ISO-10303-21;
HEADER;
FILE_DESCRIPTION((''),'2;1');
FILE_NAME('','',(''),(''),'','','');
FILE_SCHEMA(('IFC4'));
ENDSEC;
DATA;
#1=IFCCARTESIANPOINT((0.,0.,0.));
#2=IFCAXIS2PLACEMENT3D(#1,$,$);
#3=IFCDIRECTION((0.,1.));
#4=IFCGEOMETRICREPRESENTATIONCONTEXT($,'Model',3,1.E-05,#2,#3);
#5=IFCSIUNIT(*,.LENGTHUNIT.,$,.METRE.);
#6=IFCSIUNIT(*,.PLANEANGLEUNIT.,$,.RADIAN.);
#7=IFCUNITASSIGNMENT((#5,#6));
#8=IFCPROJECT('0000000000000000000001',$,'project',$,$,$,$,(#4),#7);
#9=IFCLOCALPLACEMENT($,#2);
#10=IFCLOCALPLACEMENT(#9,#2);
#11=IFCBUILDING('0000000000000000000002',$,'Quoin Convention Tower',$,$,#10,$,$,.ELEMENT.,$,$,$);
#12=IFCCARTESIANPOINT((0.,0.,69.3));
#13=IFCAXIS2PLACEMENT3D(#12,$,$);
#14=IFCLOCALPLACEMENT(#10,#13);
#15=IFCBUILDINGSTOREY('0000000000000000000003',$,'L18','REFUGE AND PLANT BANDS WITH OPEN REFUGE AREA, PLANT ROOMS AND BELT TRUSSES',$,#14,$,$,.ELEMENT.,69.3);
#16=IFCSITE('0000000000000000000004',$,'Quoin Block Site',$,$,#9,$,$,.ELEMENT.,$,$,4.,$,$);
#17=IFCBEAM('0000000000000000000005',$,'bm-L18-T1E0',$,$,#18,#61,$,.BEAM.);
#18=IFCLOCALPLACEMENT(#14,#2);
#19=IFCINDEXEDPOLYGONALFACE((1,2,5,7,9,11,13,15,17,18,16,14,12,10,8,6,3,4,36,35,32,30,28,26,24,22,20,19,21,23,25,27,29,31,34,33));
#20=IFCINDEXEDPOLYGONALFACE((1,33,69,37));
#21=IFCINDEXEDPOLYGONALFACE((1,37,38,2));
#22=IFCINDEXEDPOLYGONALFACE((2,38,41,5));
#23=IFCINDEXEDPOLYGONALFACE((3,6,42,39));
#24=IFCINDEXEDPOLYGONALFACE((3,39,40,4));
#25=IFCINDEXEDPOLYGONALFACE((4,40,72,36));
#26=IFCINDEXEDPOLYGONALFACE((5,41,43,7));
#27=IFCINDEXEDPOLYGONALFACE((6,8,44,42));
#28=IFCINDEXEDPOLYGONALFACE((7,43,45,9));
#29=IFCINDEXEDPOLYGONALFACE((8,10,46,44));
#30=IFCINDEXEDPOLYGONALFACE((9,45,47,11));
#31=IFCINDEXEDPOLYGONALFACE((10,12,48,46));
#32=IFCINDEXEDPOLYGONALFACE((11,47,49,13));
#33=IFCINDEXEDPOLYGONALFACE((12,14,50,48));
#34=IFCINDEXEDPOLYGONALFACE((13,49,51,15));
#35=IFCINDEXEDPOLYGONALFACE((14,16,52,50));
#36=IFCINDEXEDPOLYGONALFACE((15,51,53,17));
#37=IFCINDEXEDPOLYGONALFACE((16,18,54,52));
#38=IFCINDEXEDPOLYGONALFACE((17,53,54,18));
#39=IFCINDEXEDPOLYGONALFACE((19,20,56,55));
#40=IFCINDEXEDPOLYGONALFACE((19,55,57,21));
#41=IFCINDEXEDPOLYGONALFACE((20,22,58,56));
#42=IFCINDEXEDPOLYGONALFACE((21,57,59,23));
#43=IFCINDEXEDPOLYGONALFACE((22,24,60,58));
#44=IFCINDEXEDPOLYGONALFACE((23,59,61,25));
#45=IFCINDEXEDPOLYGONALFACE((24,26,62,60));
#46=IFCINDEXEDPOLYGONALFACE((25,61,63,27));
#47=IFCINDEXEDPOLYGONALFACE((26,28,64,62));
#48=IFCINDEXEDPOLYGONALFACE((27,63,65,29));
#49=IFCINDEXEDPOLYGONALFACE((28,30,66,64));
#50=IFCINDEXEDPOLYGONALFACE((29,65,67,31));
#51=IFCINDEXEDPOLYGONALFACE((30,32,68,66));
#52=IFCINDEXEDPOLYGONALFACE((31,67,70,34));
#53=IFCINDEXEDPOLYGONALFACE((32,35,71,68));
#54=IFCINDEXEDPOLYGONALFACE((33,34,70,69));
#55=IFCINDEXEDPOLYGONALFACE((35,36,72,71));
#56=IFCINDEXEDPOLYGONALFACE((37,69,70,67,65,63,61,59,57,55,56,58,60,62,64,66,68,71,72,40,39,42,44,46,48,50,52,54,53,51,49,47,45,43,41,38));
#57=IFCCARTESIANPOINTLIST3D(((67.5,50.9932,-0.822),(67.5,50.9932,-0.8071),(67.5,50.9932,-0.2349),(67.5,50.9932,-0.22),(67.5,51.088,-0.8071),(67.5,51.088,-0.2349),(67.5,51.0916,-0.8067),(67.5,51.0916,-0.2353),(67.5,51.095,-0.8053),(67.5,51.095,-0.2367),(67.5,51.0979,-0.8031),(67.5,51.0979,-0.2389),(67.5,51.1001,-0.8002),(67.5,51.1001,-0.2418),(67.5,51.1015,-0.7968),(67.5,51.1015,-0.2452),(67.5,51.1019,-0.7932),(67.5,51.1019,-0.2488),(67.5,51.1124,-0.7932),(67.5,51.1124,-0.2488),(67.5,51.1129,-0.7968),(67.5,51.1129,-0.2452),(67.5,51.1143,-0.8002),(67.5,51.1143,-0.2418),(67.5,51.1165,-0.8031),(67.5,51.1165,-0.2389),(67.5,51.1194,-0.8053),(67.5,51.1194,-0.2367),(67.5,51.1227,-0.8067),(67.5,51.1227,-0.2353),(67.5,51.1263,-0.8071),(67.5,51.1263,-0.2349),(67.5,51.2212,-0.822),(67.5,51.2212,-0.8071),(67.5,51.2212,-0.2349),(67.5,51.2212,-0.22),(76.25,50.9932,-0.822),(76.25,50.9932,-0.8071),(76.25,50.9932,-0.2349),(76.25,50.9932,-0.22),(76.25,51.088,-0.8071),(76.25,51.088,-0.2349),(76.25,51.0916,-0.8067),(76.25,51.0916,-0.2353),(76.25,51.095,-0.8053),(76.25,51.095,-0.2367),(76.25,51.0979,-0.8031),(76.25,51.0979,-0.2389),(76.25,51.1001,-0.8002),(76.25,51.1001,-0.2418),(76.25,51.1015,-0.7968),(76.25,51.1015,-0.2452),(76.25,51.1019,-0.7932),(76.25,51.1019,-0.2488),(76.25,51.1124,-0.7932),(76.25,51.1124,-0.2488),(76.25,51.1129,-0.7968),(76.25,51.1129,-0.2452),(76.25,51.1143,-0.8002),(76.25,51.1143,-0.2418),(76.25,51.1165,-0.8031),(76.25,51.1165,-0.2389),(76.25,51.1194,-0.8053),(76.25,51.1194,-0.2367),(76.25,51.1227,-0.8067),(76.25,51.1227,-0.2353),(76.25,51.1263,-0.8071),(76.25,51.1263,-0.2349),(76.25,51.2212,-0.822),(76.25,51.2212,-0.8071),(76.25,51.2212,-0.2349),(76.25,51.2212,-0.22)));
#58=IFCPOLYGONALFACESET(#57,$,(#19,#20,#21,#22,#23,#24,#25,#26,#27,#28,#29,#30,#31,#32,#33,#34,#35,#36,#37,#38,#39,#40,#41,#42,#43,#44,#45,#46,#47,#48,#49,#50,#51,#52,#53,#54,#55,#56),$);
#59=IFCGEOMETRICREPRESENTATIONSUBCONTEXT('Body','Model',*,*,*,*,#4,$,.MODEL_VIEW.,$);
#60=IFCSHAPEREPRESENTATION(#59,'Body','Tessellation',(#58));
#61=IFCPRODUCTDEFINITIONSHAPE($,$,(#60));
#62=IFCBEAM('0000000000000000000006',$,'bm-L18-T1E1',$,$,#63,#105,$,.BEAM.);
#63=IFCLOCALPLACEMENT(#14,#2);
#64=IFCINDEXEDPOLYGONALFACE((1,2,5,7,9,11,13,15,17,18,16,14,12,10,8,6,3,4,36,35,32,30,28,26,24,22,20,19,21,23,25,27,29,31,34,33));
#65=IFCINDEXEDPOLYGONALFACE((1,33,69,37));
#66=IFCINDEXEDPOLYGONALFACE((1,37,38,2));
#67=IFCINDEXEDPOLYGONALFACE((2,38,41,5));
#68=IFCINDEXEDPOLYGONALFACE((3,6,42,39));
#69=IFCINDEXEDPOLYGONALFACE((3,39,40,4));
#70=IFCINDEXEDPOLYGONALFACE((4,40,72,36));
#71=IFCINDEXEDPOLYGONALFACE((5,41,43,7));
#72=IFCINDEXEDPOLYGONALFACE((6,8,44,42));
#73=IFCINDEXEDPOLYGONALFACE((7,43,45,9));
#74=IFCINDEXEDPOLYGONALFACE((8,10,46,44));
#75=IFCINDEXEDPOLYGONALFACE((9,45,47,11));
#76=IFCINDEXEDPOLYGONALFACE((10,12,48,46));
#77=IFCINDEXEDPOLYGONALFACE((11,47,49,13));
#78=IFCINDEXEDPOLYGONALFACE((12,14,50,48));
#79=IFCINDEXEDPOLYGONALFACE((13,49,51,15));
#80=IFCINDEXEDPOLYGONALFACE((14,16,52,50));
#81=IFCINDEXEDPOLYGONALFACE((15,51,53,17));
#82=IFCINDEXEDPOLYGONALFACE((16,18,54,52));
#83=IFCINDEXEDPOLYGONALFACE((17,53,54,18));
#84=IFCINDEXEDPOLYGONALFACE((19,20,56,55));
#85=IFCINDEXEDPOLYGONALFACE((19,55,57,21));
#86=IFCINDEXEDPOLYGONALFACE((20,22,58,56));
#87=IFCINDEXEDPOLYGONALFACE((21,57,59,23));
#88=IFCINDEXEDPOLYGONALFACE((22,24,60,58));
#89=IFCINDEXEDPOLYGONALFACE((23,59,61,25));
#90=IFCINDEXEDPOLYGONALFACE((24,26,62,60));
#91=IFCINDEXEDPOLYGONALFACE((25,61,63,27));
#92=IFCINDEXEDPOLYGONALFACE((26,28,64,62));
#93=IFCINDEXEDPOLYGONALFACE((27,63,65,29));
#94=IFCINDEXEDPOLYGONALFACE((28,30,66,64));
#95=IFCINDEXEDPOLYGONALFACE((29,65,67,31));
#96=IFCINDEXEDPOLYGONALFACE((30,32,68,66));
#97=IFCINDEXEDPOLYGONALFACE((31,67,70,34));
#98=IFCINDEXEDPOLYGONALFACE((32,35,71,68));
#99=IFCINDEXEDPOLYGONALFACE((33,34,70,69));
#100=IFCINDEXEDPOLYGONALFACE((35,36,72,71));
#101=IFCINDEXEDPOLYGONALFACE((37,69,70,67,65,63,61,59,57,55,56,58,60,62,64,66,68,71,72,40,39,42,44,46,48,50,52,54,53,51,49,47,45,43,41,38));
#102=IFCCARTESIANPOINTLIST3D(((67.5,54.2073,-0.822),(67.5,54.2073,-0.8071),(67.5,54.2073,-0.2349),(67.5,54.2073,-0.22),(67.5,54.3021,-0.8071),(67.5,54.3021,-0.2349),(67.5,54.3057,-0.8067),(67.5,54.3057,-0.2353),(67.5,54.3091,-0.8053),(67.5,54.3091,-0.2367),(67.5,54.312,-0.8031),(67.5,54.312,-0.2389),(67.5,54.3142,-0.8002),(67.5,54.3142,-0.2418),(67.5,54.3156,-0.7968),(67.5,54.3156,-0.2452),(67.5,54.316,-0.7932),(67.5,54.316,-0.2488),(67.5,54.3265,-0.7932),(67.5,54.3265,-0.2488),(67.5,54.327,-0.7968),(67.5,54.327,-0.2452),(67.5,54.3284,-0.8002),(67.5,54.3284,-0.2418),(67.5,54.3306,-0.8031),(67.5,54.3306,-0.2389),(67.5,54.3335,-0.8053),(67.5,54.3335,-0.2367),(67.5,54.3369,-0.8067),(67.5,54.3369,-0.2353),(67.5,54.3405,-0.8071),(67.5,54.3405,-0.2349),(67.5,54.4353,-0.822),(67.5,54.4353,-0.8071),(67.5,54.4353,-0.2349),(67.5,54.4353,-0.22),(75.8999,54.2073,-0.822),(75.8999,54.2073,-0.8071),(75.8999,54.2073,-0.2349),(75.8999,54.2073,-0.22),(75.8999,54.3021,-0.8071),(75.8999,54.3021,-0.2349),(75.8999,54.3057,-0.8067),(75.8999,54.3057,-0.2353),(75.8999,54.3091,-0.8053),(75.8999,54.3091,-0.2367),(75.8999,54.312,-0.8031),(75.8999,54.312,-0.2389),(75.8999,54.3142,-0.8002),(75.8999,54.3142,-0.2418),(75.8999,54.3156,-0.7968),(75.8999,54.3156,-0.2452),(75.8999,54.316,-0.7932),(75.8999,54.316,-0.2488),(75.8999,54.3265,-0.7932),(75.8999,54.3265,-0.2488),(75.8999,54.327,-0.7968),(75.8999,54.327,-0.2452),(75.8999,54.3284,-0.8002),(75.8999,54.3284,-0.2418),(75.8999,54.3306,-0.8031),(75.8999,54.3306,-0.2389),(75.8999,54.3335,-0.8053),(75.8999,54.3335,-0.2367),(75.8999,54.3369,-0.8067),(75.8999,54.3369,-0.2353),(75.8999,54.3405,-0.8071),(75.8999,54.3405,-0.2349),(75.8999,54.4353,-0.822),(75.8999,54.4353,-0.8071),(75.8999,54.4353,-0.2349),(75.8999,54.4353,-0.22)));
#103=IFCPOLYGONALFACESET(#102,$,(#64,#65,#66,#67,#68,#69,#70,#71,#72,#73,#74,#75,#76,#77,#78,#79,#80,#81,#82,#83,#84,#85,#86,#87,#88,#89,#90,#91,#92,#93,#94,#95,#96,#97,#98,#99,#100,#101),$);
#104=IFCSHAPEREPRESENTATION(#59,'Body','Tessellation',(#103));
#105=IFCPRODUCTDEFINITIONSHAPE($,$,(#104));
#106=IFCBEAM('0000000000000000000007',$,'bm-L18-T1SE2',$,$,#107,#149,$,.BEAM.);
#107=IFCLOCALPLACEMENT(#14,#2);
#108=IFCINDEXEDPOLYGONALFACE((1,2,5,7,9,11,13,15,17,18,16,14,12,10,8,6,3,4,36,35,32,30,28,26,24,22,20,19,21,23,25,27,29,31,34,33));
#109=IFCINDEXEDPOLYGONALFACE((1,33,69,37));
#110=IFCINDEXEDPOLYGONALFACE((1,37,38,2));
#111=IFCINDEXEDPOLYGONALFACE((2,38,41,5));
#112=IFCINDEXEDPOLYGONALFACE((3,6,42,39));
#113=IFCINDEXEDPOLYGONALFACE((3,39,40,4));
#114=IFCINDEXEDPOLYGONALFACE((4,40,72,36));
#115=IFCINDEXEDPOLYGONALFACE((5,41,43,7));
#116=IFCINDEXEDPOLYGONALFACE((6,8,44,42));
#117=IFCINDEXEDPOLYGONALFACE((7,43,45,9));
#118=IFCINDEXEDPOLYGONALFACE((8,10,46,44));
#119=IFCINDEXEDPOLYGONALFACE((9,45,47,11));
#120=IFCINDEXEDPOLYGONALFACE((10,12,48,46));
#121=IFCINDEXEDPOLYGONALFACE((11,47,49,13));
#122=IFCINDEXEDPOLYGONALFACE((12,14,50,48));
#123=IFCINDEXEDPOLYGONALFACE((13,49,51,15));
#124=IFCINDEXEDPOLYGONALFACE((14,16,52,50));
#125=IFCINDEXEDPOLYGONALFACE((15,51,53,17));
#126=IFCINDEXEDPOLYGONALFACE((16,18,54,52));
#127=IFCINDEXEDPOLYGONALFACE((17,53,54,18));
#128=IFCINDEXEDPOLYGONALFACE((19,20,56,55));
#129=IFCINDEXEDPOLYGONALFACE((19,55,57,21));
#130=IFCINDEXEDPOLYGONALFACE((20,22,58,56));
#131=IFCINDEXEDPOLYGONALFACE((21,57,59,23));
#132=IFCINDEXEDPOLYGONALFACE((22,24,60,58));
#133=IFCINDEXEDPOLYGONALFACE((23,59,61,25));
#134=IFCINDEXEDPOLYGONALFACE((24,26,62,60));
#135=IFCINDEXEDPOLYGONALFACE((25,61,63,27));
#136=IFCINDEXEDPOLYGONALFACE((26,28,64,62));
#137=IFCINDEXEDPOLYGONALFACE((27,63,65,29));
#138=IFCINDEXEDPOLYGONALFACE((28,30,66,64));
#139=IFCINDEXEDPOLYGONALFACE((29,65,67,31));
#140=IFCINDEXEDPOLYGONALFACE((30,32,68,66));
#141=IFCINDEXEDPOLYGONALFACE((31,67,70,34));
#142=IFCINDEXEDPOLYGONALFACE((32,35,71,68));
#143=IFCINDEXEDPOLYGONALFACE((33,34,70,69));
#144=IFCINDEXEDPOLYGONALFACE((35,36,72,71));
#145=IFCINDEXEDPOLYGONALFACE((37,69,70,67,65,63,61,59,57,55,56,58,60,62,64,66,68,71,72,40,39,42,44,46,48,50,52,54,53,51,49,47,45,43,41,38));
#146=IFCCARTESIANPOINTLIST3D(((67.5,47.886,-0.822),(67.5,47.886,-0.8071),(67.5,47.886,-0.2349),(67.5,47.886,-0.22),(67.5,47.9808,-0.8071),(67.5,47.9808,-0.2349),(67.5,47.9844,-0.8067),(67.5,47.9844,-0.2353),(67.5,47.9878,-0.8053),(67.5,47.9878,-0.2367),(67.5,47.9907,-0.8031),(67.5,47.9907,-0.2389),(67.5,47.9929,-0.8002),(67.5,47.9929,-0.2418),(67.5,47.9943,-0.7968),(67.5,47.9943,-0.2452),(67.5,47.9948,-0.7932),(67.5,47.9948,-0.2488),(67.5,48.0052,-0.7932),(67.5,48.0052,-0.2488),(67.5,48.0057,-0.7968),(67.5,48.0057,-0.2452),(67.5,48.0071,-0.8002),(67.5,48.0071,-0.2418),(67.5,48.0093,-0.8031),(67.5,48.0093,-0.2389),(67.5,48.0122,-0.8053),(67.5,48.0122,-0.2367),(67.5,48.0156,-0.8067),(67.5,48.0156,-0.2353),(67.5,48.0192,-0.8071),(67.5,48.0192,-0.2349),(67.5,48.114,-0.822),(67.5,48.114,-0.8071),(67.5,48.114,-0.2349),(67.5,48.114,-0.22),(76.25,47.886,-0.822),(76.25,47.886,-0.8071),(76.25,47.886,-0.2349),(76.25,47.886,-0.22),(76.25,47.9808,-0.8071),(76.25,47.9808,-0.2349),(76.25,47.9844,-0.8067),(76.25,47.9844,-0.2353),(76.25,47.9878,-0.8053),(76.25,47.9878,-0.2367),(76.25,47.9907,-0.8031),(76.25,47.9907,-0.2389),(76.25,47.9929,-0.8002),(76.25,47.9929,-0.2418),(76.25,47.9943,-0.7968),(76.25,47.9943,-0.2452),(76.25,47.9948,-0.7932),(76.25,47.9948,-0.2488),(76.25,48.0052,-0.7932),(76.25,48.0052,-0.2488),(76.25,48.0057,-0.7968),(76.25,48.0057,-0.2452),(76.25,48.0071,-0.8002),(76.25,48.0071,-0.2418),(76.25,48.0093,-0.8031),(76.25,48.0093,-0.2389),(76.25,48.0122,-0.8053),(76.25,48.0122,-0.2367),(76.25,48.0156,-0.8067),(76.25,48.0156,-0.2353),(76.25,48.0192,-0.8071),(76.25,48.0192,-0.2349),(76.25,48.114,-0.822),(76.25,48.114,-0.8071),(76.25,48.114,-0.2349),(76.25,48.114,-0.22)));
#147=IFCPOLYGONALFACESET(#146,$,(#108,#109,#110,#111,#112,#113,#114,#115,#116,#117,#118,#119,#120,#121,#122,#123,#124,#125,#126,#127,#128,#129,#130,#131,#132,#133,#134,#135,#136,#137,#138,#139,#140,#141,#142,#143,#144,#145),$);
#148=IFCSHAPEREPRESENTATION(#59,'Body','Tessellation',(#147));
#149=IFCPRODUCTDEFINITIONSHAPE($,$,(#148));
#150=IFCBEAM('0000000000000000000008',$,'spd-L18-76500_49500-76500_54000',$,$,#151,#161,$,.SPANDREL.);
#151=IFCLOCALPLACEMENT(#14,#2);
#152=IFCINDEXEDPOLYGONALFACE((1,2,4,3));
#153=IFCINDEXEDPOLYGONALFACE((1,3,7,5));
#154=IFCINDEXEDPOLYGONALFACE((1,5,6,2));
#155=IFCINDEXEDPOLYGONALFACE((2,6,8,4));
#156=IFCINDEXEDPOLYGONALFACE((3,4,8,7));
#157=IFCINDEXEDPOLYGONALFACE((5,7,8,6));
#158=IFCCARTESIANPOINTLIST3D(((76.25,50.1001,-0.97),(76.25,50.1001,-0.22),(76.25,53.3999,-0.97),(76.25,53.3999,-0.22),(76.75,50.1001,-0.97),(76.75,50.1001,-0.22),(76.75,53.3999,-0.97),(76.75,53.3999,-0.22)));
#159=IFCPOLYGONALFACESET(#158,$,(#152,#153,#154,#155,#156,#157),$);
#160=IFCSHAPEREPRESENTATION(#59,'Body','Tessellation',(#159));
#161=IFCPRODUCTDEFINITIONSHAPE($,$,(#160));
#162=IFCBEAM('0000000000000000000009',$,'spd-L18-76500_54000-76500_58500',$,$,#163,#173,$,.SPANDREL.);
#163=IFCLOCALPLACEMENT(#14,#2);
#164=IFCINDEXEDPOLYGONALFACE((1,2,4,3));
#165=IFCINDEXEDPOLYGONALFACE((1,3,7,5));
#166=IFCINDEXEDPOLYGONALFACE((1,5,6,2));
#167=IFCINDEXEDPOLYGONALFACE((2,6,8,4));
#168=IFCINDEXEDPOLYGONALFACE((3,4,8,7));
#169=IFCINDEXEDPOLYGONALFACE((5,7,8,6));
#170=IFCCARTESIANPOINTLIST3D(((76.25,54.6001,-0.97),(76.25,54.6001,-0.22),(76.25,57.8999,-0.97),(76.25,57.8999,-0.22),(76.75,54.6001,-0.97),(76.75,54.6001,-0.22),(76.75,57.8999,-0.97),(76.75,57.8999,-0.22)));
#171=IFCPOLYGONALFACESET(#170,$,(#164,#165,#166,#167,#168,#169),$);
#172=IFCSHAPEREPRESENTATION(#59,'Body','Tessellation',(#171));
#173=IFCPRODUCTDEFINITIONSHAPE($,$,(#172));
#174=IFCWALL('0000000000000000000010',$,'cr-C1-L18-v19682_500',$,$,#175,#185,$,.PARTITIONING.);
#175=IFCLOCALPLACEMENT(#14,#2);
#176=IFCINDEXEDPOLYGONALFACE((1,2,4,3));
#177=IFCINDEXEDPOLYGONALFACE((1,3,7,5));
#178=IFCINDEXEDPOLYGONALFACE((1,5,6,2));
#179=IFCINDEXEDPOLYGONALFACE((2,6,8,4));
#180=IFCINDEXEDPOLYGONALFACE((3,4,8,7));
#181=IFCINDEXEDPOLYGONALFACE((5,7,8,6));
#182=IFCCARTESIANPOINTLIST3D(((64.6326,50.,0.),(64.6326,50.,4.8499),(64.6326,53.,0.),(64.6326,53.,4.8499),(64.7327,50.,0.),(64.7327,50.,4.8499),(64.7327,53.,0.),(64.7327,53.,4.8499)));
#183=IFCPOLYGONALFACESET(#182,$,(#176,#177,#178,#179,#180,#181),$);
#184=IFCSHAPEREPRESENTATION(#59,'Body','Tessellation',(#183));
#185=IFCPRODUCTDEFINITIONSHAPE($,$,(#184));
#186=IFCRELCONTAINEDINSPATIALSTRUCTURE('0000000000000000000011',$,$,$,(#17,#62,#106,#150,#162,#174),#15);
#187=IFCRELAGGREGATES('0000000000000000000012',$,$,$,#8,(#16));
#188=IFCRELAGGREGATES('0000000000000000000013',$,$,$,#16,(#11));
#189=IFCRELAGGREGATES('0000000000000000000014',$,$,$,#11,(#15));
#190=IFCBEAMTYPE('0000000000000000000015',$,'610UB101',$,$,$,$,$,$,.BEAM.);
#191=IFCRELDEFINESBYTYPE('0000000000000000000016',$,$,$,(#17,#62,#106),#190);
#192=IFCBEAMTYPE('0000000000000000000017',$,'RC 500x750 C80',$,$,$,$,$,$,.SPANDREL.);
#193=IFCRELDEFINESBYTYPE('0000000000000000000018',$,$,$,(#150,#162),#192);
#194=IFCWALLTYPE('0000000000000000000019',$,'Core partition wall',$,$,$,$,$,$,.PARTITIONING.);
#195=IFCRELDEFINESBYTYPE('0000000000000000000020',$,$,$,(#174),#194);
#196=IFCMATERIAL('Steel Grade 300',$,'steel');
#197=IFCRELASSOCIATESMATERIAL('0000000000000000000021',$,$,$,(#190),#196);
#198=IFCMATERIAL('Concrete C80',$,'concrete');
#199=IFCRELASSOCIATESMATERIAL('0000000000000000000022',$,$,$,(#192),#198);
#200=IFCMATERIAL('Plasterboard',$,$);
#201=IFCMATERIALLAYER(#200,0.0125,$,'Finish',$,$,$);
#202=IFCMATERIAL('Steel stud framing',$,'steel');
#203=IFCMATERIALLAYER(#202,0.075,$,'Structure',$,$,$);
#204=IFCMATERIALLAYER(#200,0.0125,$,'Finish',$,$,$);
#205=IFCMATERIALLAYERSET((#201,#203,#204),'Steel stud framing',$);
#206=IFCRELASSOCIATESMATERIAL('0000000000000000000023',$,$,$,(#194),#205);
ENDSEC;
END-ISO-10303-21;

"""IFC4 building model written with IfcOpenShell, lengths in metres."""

from ifc_helpers import new_model, si_unit, direction, frame, frame_2d, origin, origin_2d, place, context, subcontext, project, spatial, rectangle, i_section, extrude, material, layer, layer_set, material_profile, profile_set, type_object, element, save


model = new_model("IFC4")

# Units and contexts
model_context = context("Model", 3, precision=1e-05, world=origin(), true_north=direction((0.0, 1.0)))
body_context = subcontext(model_context, "Body", "Model", "MODEL_VIEW")
ifc_project = project(units=[si_unit("LENGTHUNIT", "METRE"), si_unit("PLANEANGLEUNIT", "RADIAN")], contexts=[model_context])

# Site, building, storey
site_placement = place(None, origin())
site = spatial("IfcSite", under=ifc_project, at=site_placement, Name="Quoin Block Site", CompositionType="ELEMENT", RefElevation=4.0)
building_placement = place(site_placement, origin())
building = spatial("IfcBuilding", under=site, at=building_placement, Name="Quoin Convention Tower", CompositionType="ELEMENT")
storey_placement = place(building_placement, frame((0.0, 0.0, 69.3)))
storey = spatial("IfcBuildingStorey", under=building, at=storey_placement, Name="L18", Description="REFUGE AND PLANT BANDS WITH OPEN REFUGE AREA, PLANT ROOMS AND BELT TRUSSES", CompositionType="ELEMENT", Elevation=69.3)

# Shared definitions
ifc_material_1 = material(Name="Concrete C80", Category="concrete")

# Shared definitions
ifc_material_2 = material(Name="Steel Grade 300", Category="steel")

# Beams
ifc_material_profile_1 = material_profile(ifc_material_2, i_section(OverallWidth=0.228, OverallDepth=0.6021, WebThickness=0.0105, FlangeThickness=0.0149, FilletRadius=0.0139, at=origin_2d()), Name="610UB101")
ifc_profile_set_1 = profile_set([ifc_material_profile_1], Name="Steel Grade 300")
beam_type_1 = type_object("IfcBeamType", Name="610UB101", PredefinedType="BEAM", material=ifc_profile_set_1)
beam_1_placement = place(storey_placement, frame((67.5, 51.1072, -0.521), z_axis=(1.0, 0.0, 0.0), x_axis=(0.0, 1.0, 0.0)))
element("IfcBeam", 1, at=beam_1_placement, inside=storey, type_object=beam_type_1, Name="bm-L18-T1E0", PredefinedType="BEAM", context=body_context, shape_type="SweptSolid", body=[
    extrude(i_section(OverallWidth=0.228, OverallDepth=0.6021, WebThickness=0.0105, FlangeThickness=0.0149, FilletRadius=0.0139, at=origin_2d()), origin(), (0.0, 0.0, 1.0), 8.75),
])
beam_2_placement = place(storey_placement, frame((67.5, 54.3213, -0.521), z_axis=(1.0, 0.0, 0.0), x_axis=(0.0, 1.0, 0.0)))
element("IfcBeam", 2, at=beam_2_placement, inside=storey, type_object=beam_type_1, Name="bm-L18-T1E1", PredefinedType="BEAM", context=body_context, shape_type="SweptSolid", body=[
    extrude(i_section(OverallWidth=0.228, OverallDepth=0.6021, WebThickness=0.0105, FlangeThickness=0.0149, FilletRadius=0.0139, at=origin_2d()), origin(), (0.0, 0.0, 1.0), 8.3999),
])
beam_3_placement = place(storey_placement, frame((67.5, 48.0, -0.521), z_axis=(1.0, 0.0, 0.0), x_axis=(0.0, 1.0, 0.0)))
element("IfcBeam", 3, at=beam_3_placement, inside=storey, type_object=beam_type_1, Name="bm-L18-T1SE2", PredefinedType="BEAM", context=body_context, shape_type="SweptSolid", body=[
    extrude(i_section(OverallWidth=0.228, OverallDepth=0.6021, WebThickness=0.0105, FlangeThickness=0.0149, FilletRadius=0.0139, at=origin_2d()), origin(), (0.0, 0.0, 1.0), 8.75),
])
ifc_material_profile_2 = material_profile(ifc_material_1, rectangle(XDim=0.5, YDim=0.75, at=origin_2d()), Name="RC 500x750")
ifc_profile_set_2 = profile_set([ifc_material_profile_2], Name="Concrete C80")
beam_type_2 = type_object("IfcBeamType", Name="RC 500x750 C80", PredefinedType="SPANDREL", material=ifc_profile_set_2)
for number, where, z_axis, x_axis, name in (
    (4, (76.5, 50.1001, -0.595), (0.0, 1.0, 0.0), (-1.0, 0.0, 0.0), "spd-L18-76500_49500-76500_54000"),
    (5, (76.5, 54.6001, -0.595), (0.0, 1.0, 0.0), (-1.0, 0.0, 0.0), "spd-L18-76500_54000-76500_58500"),
):
    element("IfcBeam", number, at=place(storey_placement, frame(where, z_axis=z_axis, x_axis=x_axis)), inside=storey, type_object=beam_type_2, Name=name, PredefinedType="SPANDREL", context=body_context, shape_type="SweptSolid", body=[
        extrude(rectangle(XDim=0.5, YDim=0.75, at=origin_2d()), origin(), (0.0, 0.0, 1.0), 3.2998),
    ])

# Wall
ifc_material_3 = material(Name="Plasterboard")
ifc_layer_1 = layer(ifc_material_3, 0.0125, Name="Finish")
ifc_material_4 = material(Name="Steel stud framing", Category="steel")
ifc_layer_2 = layer(ifc_material_4, 0.075, Name="Structure")
ifc_layer_3 = layer(ifc_material_3, 0.0125, Name="Finish")
ifc_layer_set_1 = layer_set([ifc_layer_1, ifc_layer_2, ifc_layer_3], Name="Steel stud framing")
wall_type_1 = type_object("IfcWallType", Name="Core partition wall", PredefinedType="PARTITIONING", material=ifc_layer_set_1)
wall_1_placement = place(storey_placement, frame((64.6826, 50.0, 0.0), z_axis=(0.0, 0.0, 1.0), x_axis=(0.0, 1.0, 0.0)))
element("IfcWall", 6, at=wall_1_placement, inside=storey, type_object=wall_type_1, Name="cr-C1-L18-v19682_500", PredefinedType="PARTITIONING", context=body_context, shape_type="SweptSolid", body=[
    extrude(rectangle(XDim=3.0, YDim=0.1001, at=frame_2d((1.5, 0.0))), origin(), (0.0, 0.0, 1.0), 4.8499),
])

save(model, "model.ifc")
